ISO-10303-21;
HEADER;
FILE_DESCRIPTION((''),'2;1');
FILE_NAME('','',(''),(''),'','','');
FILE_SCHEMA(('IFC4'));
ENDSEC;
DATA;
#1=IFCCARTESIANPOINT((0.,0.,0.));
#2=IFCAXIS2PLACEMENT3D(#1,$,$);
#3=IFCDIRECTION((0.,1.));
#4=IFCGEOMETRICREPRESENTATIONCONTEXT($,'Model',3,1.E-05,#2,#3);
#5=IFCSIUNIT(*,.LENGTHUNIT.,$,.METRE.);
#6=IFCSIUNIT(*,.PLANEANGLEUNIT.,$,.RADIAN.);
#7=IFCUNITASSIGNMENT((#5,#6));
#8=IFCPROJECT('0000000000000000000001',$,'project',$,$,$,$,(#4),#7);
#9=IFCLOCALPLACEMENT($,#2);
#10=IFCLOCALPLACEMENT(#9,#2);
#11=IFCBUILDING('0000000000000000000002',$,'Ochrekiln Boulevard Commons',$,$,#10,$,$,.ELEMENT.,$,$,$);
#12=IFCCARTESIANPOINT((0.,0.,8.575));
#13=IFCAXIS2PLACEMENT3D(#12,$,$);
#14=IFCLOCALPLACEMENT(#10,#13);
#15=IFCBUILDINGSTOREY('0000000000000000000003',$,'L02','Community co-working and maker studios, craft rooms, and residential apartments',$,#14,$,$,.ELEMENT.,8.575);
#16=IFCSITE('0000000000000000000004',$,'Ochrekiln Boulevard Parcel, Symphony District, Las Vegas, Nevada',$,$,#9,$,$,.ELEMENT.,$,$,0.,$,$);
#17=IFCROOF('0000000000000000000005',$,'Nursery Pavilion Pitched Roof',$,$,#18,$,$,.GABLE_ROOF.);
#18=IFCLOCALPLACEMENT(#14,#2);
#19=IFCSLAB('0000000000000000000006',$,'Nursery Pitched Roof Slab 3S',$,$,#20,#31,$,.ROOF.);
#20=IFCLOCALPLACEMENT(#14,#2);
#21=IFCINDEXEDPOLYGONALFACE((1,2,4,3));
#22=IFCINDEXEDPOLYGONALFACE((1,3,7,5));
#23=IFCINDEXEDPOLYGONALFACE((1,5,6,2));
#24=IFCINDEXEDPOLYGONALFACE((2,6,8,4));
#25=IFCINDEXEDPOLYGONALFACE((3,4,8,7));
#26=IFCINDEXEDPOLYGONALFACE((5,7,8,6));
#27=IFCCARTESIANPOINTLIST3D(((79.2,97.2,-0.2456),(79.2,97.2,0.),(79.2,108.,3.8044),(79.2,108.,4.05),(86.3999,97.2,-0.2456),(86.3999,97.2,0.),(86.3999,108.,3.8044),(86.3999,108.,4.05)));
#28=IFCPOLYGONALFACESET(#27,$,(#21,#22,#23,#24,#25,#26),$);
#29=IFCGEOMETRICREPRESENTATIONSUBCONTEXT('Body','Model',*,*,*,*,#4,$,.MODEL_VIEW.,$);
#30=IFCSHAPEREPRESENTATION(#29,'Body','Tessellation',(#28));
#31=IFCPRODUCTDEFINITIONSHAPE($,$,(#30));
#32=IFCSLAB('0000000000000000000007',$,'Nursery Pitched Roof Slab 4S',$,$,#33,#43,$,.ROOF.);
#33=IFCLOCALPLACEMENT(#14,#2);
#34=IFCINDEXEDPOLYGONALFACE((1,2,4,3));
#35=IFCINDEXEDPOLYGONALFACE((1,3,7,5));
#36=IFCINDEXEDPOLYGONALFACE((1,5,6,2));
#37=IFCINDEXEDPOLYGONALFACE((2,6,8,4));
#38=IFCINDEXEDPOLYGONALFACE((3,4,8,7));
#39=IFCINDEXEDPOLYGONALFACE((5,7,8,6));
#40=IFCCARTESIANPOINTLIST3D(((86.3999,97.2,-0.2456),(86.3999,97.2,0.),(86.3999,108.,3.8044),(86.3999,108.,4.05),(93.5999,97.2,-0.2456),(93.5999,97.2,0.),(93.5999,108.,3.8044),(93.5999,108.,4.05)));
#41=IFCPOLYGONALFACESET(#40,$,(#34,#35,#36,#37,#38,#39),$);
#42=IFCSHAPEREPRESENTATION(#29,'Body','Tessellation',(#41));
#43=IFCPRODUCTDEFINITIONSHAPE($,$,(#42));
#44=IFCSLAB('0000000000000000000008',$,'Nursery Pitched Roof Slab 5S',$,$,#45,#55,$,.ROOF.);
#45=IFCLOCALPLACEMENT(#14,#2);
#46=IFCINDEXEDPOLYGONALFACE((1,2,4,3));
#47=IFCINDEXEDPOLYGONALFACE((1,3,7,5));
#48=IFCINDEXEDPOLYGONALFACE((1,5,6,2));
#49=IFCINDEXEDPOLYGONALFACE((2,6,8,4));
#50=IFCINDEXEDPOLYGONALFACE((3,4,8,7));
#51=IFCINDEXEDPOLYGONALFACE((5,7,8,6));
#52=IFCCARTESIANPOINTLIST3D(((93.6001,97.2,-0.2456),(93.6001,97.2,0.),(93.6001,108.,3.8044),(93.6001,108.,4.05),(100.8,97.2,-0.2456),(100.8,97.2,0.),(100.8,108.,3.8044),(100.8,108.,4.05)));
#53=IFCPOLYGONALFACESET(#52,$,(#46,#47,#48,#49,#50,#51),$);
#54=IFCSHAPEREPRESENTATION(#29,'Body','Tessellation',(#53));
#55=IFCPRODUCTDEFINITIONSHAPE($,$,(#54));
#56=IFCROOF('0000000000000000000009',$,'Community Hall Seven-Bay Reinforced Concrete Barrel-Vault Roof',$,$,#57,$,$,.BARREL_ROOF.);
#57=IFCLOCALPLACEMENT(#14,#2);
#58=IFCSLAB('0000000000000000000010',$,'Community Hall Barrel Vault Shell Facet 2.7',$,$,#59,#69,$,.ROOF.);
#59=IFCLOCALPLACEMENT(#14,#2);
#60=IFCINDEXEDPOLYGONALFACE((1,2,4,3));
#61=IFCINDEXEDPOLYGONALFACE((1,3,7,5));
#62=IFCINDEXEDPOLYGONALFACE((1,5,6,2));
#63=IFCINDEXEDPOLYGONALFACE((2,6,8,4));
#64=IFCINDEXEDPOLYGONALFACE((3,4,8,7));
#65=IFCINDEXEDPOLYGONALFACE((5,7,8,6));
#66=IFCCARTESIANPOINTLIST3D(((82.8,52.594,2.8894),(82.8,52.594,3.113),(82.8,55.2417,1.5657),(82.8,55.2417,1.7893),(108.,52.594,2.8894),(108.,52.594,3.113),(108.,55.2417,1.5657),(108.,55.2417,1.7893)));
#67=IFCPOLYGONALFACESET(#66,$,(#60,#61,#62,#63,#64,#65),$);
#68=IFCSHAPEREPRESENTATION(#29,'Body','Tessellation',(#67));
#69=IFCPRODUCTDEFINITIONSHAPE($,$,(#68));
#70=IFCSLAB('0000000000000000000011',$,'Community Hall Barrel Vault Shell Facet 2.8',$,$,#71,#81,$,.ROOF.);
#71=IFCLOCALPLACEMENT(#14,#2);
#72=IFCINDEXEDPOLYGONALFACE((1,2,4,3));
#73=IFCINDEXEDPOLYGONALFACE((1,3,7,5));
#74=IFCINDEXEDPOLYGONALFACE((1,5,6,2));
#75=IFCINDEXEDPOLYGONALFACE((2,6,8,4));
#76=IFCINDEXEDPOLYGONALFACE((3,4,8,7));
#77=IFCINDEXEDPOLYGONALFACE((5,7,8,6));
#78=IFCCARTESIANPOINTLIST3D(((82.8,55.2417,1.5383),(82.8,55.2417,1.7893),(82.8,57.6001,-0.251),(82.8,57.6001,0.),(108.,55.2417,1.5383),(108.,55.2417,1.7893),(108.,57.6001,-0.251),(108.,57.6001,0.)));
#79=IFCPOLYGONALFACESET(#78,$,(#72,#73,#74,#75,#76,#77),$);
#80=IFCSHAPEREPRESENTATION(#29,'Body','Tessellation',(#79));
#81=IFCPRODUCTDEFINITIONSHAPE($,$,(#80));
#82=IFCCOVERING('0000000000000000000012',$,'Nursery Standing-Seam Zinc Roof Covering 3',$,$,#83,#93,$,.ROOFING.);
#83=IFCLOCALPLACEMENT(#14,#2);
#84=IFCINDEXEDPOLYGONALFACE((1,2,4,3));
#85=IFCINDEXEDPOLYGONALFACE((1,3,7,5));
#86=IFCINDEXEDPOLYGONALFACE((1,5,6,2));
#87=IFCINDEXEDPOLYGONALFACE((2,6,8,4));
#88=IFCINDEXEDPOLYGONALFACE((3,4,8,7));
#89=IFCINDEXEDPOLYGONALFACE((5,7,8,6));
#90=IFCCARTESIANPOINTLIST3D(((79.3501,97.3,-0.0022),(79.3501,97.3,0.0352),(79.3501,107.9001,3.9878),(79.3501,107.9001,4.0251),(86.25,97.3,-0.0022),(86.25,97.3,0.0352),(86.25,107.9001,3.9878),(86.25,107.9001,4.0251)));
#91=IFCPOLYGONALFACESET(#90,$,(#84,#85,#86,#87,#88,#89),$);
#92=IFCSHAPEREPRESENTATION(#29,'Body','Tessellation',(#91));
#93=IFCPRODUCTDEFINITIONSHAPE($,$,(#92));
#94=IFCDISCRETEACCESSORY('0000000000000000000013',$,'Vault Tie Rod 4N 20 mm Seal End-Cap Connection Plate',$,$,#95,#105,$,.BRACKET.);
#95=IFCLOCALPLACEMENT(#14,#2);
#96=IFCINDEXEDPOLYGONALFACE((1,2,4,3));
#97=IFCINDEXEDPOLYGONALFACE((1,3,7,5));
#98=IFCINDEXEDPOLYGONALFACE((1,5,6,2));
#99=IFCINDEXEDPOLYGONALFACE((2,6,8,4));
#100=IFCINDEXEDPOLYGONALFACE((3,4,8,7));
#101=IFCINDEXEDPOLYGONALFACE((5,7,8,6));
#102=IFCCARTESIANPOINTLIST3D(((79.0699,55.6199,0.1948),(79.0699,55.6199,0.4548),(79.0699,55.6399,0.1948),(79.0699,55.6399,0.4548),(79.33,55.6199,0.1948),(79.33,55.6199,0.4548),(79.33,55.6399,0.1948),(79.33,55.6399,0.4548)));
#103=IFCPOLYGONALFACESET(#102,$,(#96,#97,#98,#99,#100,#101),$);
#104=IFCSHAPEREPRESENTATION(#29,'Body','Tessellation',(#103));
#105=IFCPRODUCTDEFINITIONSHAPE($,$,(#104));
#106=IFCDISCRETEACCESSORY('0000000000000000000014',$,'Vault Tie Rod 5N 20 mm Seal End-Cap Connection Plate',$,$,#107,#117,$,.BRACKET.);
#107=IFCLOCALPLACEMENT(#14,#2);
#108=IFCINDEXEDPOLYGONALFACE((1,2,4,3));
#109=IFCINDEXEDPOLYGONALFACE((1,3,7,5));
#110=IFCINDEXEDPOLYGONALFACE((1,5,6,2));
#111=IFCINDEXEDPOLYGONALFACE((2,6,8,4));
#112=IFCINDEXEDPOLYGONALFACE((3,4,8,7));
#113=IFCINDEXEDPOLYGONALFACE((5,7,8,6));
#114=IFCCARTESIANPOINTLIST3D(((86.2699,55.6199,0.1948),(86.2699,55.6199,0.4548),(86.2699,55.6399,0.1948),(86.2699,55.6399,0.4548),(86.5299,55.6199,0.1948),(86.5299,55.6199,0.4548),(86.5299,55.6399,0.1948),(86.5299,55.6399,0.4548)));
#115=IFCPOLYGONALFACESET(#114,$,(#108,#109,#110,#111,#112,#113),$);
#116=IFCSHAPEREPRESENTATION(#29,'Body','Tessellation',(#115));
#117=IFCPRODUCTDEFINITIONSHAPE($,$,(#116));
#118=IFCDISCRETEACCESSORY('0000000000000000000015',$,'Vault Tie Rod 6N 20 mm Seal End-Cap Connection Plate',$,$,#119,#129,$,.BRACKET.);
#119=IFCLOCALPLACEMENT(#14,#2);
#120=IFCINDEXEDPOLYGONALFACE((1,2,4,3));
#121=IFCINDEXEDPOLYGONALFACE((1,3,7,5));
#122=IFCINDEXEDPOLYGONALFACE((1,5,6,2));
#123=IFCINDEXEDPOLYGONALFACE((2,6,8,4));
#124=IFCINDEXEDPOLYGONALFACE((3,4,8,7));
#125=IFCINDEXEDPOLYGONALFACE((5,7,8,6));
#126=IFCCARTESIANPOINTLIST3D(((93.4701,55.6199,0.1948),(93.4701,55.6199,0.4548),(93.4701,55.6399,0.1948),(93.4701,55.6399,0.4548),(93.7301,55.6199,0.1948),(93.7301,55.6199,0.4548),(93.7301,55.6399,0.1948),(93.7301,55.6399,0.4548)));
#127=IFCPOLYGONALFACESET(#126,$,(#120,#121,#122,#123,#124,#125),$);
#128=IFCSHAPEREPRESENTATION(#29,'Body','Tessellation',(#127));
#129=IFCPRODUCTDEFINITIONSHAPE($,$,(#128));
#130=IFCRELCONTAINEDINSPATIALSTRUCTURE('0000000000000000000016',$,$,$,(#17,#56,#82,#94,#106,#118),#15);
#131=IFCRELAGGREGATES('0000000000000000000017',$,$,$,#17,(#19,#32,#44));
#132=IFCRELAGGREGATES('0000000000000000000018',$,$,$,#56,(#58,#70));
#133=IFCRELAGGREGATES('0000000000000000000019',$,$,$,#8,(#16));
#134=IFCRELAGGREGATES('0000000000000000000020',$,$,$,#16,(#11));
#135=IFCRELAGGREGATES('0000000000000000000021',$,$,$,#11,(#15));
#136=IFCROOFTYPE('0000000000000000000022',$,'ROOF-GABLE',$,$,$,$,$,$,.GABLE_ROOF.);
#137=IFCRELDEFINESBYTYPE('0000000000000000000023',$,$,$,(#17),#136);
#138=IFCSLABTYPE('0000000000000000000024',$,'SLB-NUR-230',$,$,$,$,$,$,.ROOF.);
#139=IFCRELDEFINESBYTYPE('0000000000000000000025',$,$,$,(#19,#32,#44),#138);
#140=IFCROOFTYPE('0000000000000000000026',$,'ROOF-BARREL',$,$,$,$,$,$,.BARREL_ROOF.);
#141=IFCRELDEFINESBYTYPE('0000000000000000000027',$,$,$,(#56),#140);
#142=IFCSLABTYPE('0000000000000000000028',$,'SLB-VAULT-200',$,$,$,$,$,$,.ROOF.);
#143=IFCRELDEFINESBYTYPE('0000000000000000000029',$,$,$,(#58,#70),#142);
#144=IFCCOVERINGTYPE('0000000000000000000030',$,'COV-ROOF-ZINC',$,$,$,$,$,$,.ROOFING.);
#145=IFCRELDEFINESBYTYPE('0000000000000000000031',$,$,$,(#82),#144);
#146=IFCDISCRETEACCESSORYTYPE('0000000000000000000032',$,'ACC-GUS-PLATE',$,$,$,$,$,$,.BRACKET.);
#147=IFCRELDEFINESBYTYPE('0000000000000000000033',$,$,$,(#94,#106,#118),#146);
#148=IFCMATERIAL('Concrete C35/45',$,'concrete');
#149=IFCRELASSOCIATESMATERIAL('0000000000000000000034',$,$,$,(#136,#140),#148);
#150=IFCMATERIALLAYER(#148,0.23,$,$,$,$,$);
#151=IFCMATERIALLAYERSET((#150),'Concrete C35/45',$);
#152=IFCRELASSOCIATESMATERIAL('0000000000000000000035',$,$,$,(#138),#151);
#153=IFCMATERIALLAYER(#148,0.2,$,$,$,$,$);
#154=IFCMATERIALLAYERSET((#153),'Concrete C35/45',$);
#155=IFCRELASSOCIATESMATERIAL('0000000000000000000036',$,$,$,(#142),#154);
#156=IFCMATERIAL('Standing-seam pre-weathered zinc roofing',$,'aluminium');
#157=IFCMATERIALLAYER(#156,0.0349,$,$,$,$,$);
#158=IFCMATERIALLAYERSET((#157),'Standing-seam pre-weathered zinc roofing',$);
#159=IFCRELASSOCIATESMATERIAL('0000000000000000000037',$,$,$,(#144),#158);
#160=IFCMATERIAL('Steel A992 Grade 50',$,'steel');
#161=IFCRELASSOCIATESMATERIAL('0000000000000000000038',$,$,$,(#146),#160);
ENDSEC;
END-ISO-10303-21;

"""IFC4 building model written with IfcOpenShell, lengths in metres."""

from ifc_helpers import new_model, si_unit, direction, frame, origin, origin_2d, place, context, subcontext, project, spatial, polyline, rectangle, outline, extrude, material, layer, layer_set, type_object, element, aggregate, save


model = new_model("IFC4")

# Units and contexts
model_context = context("Model", 3, precision=1e-05, world=origin(), true_north=direction((0.0, 1.0)))
body_context = subcontext(model_context, "Body", "Model", "MODEL_VIEW")
ifc_project = project(units=[si_unit("LENGTHUNIT", "METRE"), si_unit("PLANEANGLEUNIT", "RADIAN")], contexts=[model_context])

# Site, building, storey
site_placement = place(None, origin())
site = spatial("IfcSite", under=ifc_project, at=site_placement, Name="Ochrekiln Boulevard Parcel, Symphony District, Las Vegas, Nevada", CompositionType="ELEMENT", RefElevation=0.0)
building_placement = place(site_placement, origin())
building = spatial("IfcBuilding", under=site, at=building_placement, Name="Ochrekiln Boulevard Commons", CompositionType="ELEMENT")
storey_placement = place(building_placement, frame((0.0, 0.0, 8.575)))
storey = spatial("IfcBuildingStorey", under=building, at=storey_placement, Name="L02", Description="Community co-working and maker studios, craft rooms, and residential apartments", CompositionType="ELEMENT", Elevation=8.575)

# Roofs, slabs
ifc_material_1 = material(Name="Concrete C35/45", Category="concrete")
roof_type_1 = type_object("IfcRoofType", Name="ROOF-GABLE", PredefinedType="GABLE_ROOF", material=ifc_material_1)
roof_1_placement = place(storey_placement, origin())
roof_1 = element("IfcRoof", 1, at=roof_1_placement, inside=storey, type_object=roof_type_1, Name="Nursery Pavilion Pitched Roof", PredefinedType="GABLE_ROOF")
ifc_layer_1 = layer(ifc_material_1, 0.23)
ifc_layer_set_1 = layer_set([ifc_layer_1], Name="Concrete C35/45")
slab_type_1 = type_object("IfcSlabType", Name="SLB-NUR-230", PredefinedType="ROOF", material=ifc_layer_set_1)
slab_1_placement = place(storey_placement, frame((79.2, 97.2, 0.0), z_axis=(1.0, 0.0, 0.0), x_axis=(0.0, 1.0, 0.0)))
slab_1 = element("IfcSlab", 2, at=slab_1_placement, type_object=slab_type_1, Name="Nursery Pitched Roof Slab 3S", PredefinedType="ROOF", context=body_context, shape_type="SweptSolid", body=[
    extrude(outline(polyline([(0.0, 0.0), (10.8, 4.05), (10.8, 3.8044), (0.0, -0.2456), (0.0, 0.0)])), origin(), (0.0, 0.0, 1.0), 7.2),
])
slab_2_placement = place(storey_placement, frame((86.3999, 97.2, 0.0), z_axis=(1.0, 0.0, 0.0), x_axis=(0.0, 1.0, 0.0)))
slab_2 = element("IfcSlab", 3, at=slab_2_placement, type_object=slab_type_1, Name="Nursery Pitched Roof Slab 4S", PredefinedType="ROOF", context=body_context, shape_type="SweptSolid", body=[
    extrude(outline(polyline([(0.0, 0.0), (10.8, 4.05), (10.8, 3.8044), (0.0, -0.2456), (0.0, 0.0)])), origin(), (0.0, 0.0, 1.0), 7.2),
])
slab_3_placement = place(storey_placement, frame((93.6001, 97.2, 0.0), z_axis=(1.0, 0.0, 0.0), x_axis=(0.0, 1.0, 0.0)))
slab_3 = element("IfcSlab", 4, at=slab_3_placement, type_object=slab_type_1, Name="Nursery Pitched Roof Slab 5S", PredefinedType="ROOF", context=body_context, shape_type="SweptSolid", body=[
    extrude(outline(polyline([(0.0, 0.0), (10.8, 4.05), (10.8, 3.8044), (0.0, -0.2456), (0.0, 0.0)])), origin(), (0.0, 0.0, 1.0), 7.2),
])
aggregate(roof_1, [slab_1, slab_2, slab_3])
roof_type_2 = type_object("IfcRoofType", Name="ROOF-BARREL", PredefinedType="BARREL_ROOF", material=ifc_material_1)
roof_2_placement = place(storey_placement, origin())
roof_2 = element("IfcRoof", 5, at=roof_2_placement, inside=storey, type_object=roof_type_2, Name="Community Hall Seven-Bay Reinforced Concrete Barrel-Vault Roof", PredefinedType="BARREL_ROOF")
ifc_layer_2 = layer(ifc_material_1, 0.2)
ifc_layer_set_2 = layer_set([ifc_layer_2], Name="Concrete C35/45")
slab_type_2 = type_object("IfcSlabType", Name="SLB-VAULT-200", PredefinedType="ROOF", material=ifc_layer_set_2)
slab_4_placement = place(storey_placement, frame((82.8, 52.594, 3.113), z_axis=(1.0, 0.0, 0.0), x_axis=(0.0, 1.0, 0.0)))
slab_4 = element("IfcSlab", 6, at=slab_4_placement, type_object=slab_type_2, Name="Community Hall Barrel Vault Shell Facet 2.7", PredefinedType="ROOF", context=body_context, shape_type="SweptSolid", body=[
    extrude(outline(polyline([(0.0, 0.0), (2.6477, -1.3237), (2.6477, -1.5474), (0.0, -0.2236), (0.0, 0.0)])), origin(), (0.0, 0.0, 1.0), 25.2),
])
slab_5_placement = place(storey_placement, frame((82.8, 55.2417, 1.7893), z_axis=(1.0, 0.0, 0.0), x_axis=(0.0, 1.0, 0.0)))
slab_5 = element("IfcSlab", 7, at=slab_5_placement, type_object=slab_type_2, Name="Community Hall Barrel Vault Shell Facet 2.8", PredefinedType="ROOF", context=body_context, shape_type="SweptSolid", body=[
    extrude(outline(polyline([(0.0, 0.0), (2.3584, -1.7893), (2.3584, -2.0403), (0.0, -0.251), (0.0, 0.0)])), origin(), (0.0, 0.0, 1.0), 25.2),
])
aggregate(roof_2, [slab_4, slab_5])

# Covering
ifc_material_2 = material(Name="Standing-seam pre-weathered zinc roofing", Category="aluminium")
ifc_layer_3 = layer(ifc_material_2, 0.0349)
ifc_layer_set_3 = layer_set([ifc_layer_3], Name="Standing-seam pre-weathered zinc roofing")
covering_type = type_object("IfcCoveringType", Name="COV-ROOF-ZINC", PredefinedType="ROOFING", material=ifc_layer_set_3)
covering_placement = place(storey_placement, frame((79.3501, 97.3, 0.0352), z_axis=(1.0, 0.0, 0.0), x_axis=(0.0, 1.0, 0.0)))
element("IfcCovering", 8, at=covering_placement, inside=storey, type_object=covering_type, Name="Nursery Standing-Seam Zinc Roof Covering 3", PredefinedType="ROOFING", context=body_context, shape_type="SweptSolid", body=[
    extrude(outline(polyline([(0.0, 0.0), (10.6001, 3.99), (10.6001, 3.9526), (0.0, -0.0374), (0.0, 0.0)])), origin(), (0.0, 0.0, 1.0), 6.8999),
])

# Discrete accessories
ifc_material_3 = material(Name="Steel A992 Grade 50", Category="steel")
discrete_accessory_type = type_object("IfcDiscreteAccessoryType", Name="ACC-GUS-PLATE", PredefinedType="BRACKET", material=ifc_material_3)
for number, where, z_axis, x_axis, name in (
    (9, (79.2, 55.6299, 0.1948), (0.0, 0.0, 1.0), (1.0, 0.0, 0.0), "Vault Tie Rod 4N 20 mm Seal End-Cap Connection Plate"),
    (10, (86.3999, 55.6299, 0.1948), (0.0, 0.0, 1.0), (1.0, 0.0, 0.0), "Vault Tie Rod 5N 20 mm Seal End-Cap Connection Plate"),
    (11, (93.6001, 55.6299, 0.1948), (0.0, 0.0, 1.0), (1.0, 0.0, 0.0), "Vault Tie Rod 6N 20 mm Seal End-Cap Connection Plate"),
):
    element("IfcDiscreteAccessory", number, at=place(storey_placement, frame(where, z_axis=z_axis, x_axis=x_axis)), inside=storey, type_object=discrete_accessory_type, Name=name, PredefinedType="BRACKET", context=body_context, shape_type="SweptSolid", body=[
        extrude(rectangle(XDim=0.26, YDim=0.02, at=origin_2d()), origin(), (0.0, 0.0, 1.0), 0.26),
    ])

save(model, "model.ifc")
